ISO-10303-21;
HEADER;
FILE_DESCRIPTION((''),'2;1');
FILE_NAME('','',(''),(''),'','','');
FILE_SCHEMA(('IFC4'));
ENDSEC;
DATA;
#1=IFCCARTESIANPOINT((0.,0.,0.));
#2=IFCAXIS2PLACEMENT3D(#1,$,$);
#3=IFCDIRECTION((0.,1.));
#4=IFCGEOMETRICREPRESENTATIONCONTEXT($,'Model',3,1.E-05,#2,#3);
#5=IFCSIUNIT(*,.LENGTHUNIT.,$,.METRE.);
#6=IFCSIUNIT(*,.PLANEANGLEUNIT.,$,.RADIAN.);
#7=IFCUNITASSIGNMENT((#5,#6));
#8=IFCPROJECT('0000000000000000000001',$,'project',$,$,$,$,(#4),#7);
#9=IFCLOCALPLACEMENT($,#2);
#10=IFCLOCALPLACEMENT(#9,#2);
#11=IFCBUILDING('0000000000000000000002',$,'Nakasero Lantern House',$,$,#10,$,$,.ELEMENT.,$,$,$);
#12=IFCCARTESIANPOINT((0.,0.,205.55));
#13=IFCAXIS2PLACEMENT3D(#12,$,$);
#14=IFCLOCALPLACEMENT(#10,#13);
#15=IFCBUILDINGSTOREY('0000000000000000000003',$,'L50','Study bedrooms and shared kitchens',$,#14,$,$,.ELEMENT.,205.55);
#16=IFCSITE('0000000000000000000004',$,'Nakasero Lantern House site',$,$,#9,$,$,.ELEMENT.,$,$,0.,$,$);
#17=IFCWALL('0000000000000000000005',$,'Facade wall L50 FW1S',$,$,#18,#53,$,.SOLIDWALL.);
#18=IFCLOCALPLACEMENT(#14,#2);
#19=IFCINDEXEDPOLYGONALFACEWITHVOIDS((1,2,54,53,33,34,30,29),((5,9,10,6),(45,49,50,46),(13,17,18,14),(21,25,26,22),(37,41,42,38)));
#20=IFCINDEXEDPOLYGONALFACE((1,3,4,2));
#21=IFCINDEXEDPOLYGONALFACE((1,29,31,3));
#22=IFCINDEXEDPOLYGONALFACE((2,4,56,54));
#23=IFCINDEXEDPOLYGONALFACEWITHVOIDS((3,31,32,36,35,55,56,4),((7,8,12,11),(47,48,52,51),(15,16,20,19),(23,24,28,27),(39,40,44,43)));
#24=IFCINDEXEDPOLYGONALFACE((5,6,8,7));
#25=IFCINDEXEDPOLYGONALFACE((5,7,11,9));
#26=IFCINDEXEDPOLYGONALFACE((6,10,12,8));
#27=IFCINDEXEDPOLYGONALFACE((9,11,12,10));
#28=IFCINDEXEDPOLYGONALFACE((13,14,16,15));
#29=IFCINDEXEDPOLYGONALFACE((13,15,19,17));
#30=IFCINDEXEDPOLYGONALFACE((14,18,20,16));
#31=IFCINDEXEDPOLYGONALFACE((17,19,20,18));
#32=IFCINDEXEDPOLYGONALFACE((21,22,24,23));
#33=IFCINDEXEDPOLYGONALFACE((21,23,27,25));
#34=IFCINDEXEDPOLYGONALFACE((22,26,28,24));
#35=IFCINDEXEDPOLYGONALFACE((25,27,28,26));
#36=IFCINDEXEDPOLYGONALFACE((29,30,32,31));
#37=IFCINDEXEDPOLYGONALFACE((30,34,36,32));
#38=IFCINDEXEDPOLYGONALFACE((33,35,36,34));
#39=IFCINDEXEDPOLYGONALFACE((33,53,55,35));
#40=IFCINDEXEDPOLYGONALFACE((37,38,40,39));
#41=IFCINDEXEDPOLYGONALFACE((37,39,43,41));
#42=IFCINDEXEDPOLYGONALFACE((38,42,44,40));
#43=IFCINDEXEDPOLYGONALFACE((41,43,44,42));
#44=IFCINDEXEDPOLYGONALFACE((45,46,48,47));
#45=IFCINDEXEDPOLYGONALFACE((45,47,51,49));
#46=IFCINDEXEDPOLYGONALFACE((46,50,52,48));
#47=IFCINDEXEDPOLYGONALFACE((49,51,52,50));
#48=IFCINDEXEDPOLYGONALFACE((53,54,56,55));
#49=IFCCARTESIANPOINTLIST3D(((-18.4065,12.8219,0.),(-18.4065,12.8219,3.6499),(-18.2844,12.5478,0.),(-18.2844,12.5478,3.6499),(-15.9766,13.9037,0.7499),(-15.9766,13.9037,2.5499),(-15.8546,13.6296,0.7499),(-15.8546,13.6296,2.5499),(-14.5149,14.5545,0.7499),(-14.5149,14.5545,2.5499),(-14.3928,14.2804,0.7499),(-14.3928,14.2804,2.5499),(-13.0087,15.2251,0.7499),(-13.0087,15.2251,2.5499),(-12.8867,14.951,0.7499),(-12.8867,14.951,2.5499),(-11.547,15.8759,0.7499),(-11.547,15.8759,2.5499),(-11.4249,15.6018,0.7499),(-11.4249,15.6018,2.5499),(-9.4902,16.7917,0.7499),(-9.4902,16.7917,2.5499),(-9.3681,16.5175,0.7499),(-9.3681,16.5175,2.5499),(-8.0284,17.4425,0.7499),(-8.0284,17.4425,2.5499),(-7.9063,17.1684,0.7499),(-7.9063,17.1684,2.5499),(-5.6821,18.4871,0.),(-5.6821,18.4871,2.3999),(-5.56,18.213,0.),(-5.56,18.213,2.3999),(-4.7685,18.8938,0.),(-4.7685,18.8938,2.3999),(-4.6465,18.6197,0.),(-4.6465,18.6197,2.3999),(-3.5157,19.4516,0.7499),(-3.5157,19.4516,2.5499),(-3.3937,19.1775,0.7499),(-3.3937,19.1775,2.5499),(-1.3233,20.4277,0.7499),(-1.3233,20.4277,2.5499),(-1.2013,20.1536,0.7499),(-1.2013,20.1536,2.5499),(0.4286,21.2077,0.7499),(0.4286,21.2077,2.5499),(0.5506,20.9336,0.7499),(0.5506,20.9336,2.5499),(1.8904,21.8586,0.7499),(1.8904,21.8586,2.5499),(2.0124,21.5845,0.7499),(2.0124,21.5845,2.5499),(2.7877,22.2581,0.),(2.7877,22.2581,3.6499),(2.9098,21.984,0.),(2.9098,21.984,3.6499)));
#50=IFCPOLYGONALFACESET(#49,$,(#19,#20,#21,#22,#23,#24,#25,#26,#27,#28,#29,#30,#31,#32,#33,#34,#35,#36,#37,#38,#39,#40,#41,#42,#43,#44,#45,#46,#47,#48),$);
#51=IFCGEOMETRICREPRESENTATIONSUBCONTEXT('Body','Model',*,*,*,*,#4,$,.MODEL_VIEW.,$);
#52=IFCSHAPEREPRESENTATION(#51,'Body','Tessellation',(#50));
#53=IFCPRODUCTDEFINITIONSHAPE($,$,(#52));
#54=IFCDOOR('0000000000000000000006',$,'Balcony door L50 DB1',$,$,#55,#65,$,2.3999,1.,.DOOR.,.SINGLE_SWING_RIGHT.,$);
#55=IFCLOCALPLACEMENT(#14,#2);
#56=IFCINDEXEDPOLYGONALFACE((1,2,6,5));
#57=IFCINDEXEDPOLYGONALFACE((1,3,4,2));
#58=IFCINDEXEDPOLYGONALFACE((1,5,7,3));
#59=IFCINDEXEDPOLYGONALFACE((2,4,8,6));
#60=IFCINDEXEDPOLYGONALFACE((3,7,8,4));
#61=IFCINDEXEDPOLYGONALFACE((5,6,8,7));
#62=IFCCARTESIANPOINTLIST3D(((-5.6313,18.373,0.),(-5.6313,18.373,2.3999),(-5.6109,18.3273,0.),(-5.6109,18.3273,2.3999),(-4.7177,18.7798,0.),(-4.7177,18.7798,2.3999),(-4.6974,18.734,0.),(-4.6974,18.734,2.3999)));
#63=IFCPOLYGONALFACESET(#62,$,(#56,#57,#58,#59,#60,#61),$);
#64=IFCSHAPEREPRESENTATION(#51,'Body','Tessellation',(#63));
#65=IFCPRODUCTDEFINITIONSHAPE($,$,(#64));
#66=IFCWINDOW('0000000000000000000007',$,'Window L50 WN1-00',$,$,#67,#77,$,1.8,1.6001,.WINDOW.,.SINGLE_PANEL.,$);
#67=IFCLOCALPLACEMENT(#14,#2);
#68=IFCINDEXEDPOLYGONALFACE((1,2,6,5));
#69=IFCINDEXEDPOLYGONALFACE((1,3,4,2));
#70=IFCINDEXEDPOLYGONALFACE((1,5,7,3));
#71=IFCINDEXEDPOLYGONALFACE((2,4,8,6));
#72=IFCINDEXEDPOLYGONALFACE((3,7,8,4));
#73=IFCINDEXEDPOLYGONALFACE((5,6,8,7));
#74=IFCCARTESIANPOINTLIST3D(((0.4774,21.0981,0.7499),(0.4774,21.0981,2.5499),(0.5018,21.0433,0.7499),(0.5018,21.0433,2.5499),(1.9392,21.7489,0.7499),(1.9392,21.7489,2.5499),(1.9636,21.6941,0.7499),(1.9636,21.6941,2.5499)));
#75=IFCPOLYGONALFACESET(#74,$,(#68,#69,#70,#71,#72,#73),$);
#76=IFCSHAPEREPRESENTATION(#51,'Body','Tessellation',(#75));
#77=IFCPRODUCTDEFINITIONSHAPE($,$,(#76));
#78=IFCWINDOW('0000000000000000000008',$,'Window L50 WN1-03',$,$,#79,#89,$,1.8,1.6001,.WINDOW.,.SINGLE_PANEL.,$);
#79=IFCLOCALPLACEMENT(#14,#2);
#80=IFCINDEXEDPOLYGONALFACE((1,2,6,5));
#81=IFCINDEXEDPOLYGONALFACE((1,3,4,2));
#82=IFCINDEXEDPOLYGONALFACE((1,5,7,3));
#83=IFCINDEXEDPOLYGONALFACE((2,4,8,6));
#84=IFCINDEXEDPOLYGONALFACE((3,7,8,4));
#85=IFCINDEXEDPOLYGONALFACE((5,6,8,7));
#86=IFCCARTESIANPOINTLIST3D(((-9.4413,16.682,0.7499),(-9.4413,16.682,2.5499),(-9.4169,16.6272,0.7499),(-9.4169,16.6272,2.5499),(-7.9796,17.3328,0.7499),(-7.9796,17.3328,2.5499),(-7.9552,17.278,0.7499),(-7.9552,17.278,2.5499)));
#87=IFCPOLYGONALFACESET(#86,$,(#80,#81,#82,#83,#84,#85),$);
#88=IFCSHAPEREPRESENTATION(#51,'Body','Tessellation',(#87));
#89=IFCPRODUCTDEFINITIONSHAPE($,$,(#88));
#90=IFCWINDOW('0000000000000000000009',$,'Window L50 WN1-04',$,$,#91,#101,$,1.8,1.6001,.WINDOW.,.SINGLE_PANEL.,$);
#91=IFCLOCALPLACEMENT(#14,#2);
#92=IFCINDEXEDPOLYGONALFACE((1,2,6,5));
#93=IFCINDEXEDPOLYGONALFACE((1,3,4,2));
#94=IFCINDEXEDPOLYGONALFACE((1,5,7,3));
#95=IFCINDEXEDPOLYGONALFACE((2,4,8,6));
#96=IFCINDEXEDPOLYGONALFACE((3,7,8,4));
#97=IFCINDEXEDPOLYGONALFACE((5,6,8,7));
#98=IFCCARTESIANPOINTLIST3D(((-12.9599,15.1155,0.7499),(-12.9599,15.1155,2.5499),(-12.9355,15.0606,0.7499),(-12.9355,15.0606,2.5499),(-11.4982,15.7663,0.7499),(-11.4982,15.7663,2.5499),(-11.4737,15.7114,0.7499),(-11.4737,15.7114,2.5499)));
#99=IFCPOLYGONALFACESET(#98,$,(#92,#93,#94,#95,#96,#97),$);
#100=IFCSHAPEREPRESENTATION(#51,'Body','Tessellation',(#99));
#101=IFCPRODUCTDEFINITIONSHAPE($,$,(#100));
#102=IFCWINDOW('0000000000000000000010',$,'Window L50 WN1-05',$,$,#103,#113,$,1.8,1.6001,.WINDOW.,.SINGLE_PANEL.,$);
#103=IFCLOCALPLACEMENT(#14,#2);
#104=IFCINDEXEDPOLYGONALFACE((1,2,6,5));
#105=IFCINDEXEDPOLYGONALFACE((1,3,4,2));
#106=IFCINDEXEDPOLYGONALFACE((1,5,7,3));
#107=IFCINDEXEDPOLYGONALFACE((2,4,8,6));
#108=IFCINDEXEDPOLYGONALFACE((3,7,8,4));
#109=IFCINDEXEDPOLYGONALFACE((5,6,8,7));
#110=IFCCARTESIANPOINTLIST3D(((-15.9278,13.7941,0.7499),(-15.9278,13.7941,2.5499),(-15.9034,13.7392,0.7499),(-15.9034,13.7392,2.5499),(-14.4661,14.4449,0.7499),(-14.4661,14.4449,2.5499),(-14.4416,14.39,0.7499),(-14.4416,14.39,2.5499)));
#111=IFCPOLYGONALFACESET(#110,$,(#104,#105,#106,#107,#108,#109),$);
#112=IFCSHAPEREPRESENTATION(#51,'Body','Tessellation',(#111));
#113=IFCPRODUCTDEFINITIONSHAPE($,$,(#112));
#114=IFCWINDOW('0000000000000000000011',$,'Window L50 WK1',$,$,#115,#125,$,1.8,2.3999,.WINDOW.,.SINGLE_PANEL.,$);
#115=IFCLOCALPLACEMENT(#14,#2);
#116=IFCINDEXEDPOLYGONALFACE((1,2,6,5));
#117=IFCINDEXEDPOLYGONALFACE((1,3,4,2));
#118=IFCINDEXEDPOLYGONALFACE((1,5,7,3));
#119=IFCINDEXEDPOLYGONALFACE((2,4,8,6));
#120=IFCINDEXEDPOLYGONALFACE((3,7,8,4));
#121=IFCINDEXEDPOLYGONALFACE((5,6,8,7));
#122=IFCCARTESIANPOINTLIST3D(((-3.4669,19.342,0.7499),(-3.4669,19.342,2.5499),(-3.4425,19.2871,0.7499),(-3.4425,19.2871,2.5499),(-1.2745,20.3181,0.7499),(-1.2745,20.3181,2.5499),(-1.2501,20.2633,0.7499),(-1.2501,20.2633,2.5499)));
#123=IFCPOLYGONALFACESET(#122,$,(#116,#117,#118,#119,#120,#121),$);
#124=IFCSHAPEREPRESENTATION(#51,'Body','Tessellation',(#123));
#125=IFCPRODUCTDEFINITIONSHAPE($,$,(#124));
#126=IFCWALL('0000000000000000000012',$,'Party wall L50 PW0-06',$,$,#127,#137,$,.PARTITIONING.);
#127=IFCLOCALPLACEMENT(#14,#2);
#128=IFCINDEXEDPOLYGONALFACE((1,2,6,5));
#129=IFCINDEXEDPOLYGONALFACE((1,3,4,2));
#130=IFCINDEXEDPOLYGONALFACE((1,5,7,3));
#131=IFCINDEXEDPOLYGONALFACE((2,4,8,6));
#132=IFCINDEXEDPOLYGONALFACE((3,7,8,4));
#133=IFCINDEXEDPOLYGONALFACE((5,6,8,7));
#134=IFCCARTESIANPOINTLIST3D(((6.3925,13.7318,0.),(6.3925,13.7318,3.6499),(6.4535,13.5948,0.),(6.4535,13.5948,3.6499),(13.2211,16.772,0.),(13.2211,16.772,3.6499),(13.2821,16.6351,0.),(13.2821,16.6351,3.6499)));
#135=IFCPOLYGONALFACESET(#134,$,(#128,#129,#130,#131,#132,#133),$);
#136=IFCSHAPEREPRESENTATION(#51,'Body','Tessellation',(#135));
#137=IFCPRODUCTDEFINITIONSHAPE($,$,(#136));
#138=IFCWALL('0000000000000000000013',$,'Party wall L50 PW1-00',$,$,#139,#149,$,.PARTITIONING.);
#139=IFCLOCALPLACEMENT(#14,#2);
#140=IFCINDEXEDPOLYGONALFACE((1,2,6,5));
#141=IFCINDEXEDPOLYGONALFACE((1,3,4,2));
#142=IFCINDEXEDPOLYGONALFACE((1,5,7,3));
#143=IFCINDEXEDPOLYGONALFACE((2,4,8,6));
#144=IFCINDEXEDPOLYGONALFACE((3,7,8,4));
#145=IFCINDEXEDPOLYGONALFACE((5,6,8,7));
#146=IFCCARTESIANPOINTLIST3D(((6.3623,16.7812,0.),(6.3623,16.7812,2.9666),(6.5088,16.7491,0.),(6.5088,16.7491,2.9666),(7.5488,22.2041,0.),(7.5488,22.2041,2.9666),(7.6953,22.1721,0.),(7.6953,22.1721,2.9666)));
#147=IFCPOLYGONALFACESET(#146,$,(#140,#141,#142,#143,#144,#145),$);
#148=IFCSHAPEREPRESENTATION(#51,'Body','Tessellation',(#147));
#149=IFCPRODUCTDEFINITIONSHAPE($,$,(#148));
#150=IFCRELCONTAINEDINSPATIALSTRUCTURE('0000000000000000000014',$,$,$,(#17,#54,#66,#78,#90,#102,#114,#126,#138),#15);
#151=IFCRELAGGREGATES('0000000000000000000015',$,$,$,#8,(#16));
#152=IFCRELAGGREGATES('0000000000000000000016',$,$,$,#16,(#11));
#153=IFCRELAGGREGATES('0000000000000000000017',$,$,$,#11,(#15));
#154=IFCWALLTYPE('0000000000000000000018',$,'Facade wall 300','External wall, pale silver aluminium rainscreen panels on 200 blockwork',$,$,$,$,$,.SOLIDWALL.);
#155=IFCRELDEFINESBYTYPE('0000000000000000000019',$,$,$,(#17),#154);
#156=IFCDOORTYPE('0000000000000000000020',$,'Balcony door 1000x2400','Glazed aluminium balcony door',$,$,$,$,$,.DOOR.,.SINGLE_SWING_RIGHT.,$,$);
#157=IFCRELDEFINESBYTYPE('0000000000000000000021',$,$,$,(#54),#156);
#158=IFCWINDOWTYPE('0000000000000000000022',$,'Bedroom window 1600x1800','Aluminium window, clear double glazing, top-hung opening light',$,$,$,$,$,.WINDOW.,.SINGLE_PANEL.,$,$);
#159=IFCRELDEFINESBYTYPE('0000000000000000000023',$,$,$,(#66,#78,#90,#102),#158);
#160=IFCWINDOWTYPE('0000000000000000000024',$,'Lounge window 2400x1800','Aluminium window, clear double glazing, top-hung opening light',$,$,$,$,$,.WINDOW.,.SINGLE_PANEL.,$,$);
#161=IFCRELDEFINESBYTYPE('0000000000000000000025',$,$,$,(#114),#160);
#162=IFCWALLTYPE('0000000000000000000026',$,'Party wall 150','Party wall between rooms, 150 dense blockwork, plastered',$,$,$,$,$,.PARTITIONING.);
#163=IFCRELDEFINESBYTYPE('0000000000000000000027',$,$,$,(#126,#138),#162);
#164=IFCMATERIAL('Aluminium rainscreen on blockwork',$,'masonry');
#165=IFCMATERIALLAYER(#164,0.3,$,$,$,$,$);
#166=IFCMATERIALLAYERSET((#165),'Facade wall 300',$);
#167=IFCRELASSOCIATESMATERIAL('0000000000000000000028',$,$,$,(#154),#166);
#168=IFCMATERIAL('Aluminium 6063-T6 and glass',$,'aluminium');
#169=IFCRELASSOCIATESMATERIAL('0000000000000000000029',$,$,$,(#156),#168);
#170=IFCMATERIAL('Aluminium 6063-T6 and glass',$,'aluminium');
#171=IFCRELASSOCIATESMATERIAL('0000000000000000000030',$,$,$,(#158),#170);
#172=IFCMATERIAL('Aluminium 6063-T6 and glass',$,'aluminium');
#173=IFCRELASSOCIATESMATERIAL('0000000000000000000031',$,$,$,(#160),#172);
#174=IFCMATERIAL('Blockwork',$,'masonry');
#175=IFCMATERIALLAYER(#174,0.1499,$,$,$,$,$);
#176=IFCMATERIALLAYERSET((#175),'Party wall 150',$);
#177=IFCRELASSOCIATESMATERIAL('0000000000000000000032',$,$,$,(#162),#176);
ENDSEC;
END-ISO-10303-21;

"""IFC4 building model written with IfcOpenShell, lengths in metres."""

from ifc_helpers import new_model, si_unit, direction, frame, frame_2d, origin, place, context, subcontext, project, spatial, rectangle, extrude, material, layer, layer_set, type_object, element, fill, save


model = new_model("IFC4")

# Units and contexts
model_context = context("Model", 3, precision=1e-05, world=origin(), true_north=direction((0.0, 1.0)))
body_context = subcontext(model_context, "Body", "Model", "MODEL_VIEW")
ifc_project = project(units=[si_unit("LENGTHUNIT", "METRE"), si_unit("PLANEANGLEUNIT", "RADIAN")], contexts=[model_context])

# Site, building, storey
site_placement = place(None, origin())
site = spatial("IfcSite", under=ifc_project, at=site_placement, Name="Nakasero Lantern House site", CompositionType="ELEMENT", RefElevation=0.0)
building_placement = place(site_placement, origin())
building = spatial("IfcBuilding", under=site, at=building_placement, Name="Nakasero Lantern House", CompositionType="ELEMENT")
storey_placement = place(building_placement, frame((0.0, 0.0, 205.55)))
storey = spatial("IfcBuildingStorey", under=building, at=storey_placement, Name="L50", Description="Study bedrooms and shared kitchens", CompositionType="ELEMENT", Elevation=205.55)

# Shared definitions
ifc_material_1 = material(Name="Aluminium rainscreen on blockwork", Category="masonry")
ifc_layer_1 = layer(ifc_material_1, 0.3)
ifc_layer_set_1 = layer_set([ifc_layer_1], Name="Facade wall 300")
wall_type_1 = type_object("IfcWallType", Name="Facade wall 300", Description="External wall, pale silver aluminium rainscreen panels on 200 blockwork", PredefinedType="SOLIDWALL", material=ifc_layer_set_1)

# Wall, openings, door, windows
wall_1_placement = place(storey_placement, frame((2.8489, 22.1211, 0.0), z_axis=(0.0, 0.0, 1.0), x_axis=(-0.913546, -0.406735, 0.0)))
wall_1 = element("IfcWall", 1, at=wall_1_placement, inside=storey, type_object=wall_type_1, Name="Facade wall L50 FW1S", PredefinedType="SOLIDWALL", context=body_context, shape_type="SweptSolid", body=[
    extrude(rectangle(XDim=23.2, YDim=0.3, at=frame_2d((11.6001, 0.0))), origin(), (0.0, 0.0, 1.0), 3.6499),
])
opening_1_placement = place(wall_1_placement, frame((0.9824, 0.0, 0.75)))
opening_1 = element("IfcOpeningElement", 2, at=opening_1_placement, cuts=wall_1, PredefinedType="OPENING", context=body_context, shape_type="SweptSolid", body=[
    extrude(rectangle(XDim=1.6001, YDim=1.8, at=frame_2d((0.8, 0.8999))), frame((0.0, 0.1699, 0.0), z_axis=(0.0, -1.0, 0.0), x_axis=(1.0, 0.0, 0.0)), (0.0, 0.0, 1.0), 0.3401),
])
opening_2_placement = place(wall_1_placement, frame((11.8398, 0.0, 0.75)))
opening_2 = element("IfcOpeningElement", 3, at=opening_2_placement, cuts=wall_1, PredefinedType="OPENING", context=body_context, shape_type="SweptSolid", body=[
    extrude(rectangle(XDim=1.6001, YDim=1.8, at=frame_2d((0.8, 0.8999))), frame((0.0, 0.1699, 0.0), z_axis=(0.0, -1.0, 0.0), x_axis=(1.0, 0.0, 0.0)), (0.0, 0.0, 1.0), 0.3401),
])
opening_3_placement = place(wall_1_placement, frame((15.6914, 0.0, 0.75)))
opening_3 = element("IfcOpeningElement", 4, at=opening_3_placement, cuts=wall_1, PredefinedType="OPENING", context=body_context, shape_type="SweptSolid", body=[
    extrude(rectangle(XDim=1.6001, YDim=1.8, at=frame_2d((0.8, 0.8999))), frame((0.0, 0.1699, 0.0), z_axis=(0.0, -1.0, 0.0), x_axis=(1.0, 0.0, 0.0)), (0.0, 0.0, 1.0), 0.3401),
])
opening_4_placement = place(wall_1_placement, frame((18.9402, 0.0, 0.75)))
opening_4 = element("IfcOpeningElement", 5, at=opening_4_placement, cuts=wall_1, PredefinedType="OPENING", context=body_context, shape_type="SweptSolid", body=[
    extrude(rectangle(XDim=1.6001, YDim=1.8, at=frame_2d((0.8, 0.8999))), frame((0.0, 0.1699, 0.0), z_axis=(0.0, -1.0, 0.0), x_axis=(1.0, 0.0, 0.0)), (0.0, 0.0, 1.0), 0.3401),
])
opening_5_placement = place(wall_1_placement, frame((4.5002, 0.0, 0.75)))
opening_5 = element("IfcOpeningElement", 6, at=opening_5_placement, cuts=wall_1, PredefinedType="OPENING", context=body_context, shape_type="SweptSolid", body=[
    extrude(rectangle(XDim=2.3999, YDim=1.8, at=frame_2d((1.2, 0.8999))), frame((0.0, 0.1699, 0.0), z_axis=(0.0, -1.0, 0.0), x_axis=(1.0, 0.0, 0.0)), (0.0, 0.0, 1.0), 0.3401),
])
opening_6_placement = place(wall_1_placement, frame((8.2715, 0.0, 0.0)))
opening_6 = element("IfcOpeningElement", 7, at=opening_6_placement, cuts=wall_1, PredefinedType="OPENING", context=body_context, shape_type="SweptSolid", body=[
    extrude(rectangle(XDim=1.0, YDim=2.3999, at=frame_2d((0.5, 1.2))), frame((0.0, 0.1699, 0.0), z_axis=(0.0, -1.0, 0.0), x_axis=(1.0, 0.0, 0.0)), (0.0, 0.0, 1.0), 0.3401),
])
ifc_material_2 = material(Name="Aluminium 6063-T6 and glass", Category="aluminium")
door_type_1 = type_object("IfcDoorType", Name="Balcony door 1000x2400", Description="Glazed aluminium balcony door", OperationType="SINGLE_SWING_RIGHT", PredefinedType="DOOR", material=ifc_material_2)
door_1_placement = place(opening_6_placement, origin())
door_1 = element("IfcDoor", 8, at=door_1_placement, inside=storey, type_object=door_type_1, Name="Balcony door L50 DB1", OperationType="SINGLE_SWING_RIGHT", OverallHeight=2.3999, OverallWidth=1.0, PredefinedType="DOOR", context=body_context, shape_type="SweptSolid", body=[
    extrude(rectangle(XDim=1.0, YDim=2.3999, at=frame_2d((0.5, 1.2))), frame((0.0, 0.0249, 0.0), z_axis=(0.0, -1.0, 0.0), x_axis=(1.0, 0.0, 0.0)), (0.0, 0.0, 1.0), 0.05),
])
fill(opening_6, door_1)
ifc_material_3 = material(Name="Aluminium 6063-T6 and glass", Category="aluminium")
window_type_1 = type_object("IfcWindowType", Name="Bedroom window 1600x1800", Description="Aluminium window, clear double glazing, top-hung opening light", PartitioningType="SINGLE_PANEL", PredefinedType="WINDOW", material=ifc_material_3)
window_1_placement = place(opening_1_placement, origin())
window_1 = element("IfcWindow", 9, at=window_1_placement, inside=storey, type_object=window_type_1, Name="Window L50 WN1-00", OverallHeight=1.8, OverallWidth=1.6001, PartitioningType="SINGLE_PANEL", PredefinedType="WINDOW", context=body_context, shape_type="SweptSolid", body=[
    extrude(rectangle(XDim=1.6001, YDim=1.8, at=frame_2d((0.8, 0.8999))), frame((0.0, 0.03, 0.0), z_axis=(0.0, -1.0, 0.0), x_axis=(1.0, 0.0, 0.0)), (0.0, 0.0, 1.0), 0.0601),
])
fill(opening_1, window_1)
window_2_placement = place(opening_2_placement, origin())
window_2 = element("IfcWindow", 10, at=window_2_placement, inside=storey, type_object=window_type_1, Name="Window L50 WN1-03", OverallHeight=1.8, OverallWidth=1.6001, PartitioningType="SINGLE_PANEL", PredefinedType="WINDOW", context=body_context, shape_type="SweptSolid", body=[
    extrude(rectangle(XDim=1.6001, YDim=1.8, at=frame_2d((0.8, 0.8999))), frame((0.0, 0.03, 0.0), z_axis=(0.0, -1.0, 0.0), x_axis=(1.0, 0.0, 0.0)), (0.0, 0.0, 1.0), 0.0601),
])
fill(opening_2, window_2)
window_3_placement = place(opening_3_placement, origin())
window_3 = element("IfcWindow", 11, at=window_3_placement, inside=storey, type_object=window_type_1, Name="Window L50 WN1-04", OverallHeight=1.8, OverallWidth=1.6001, PartitioningType="SINGLE_PANEL", PredefinedType="WINDOW", context=body_context, shape_type="SweptSolid", body=[
    extrude(rectangle(XDim=1.6001, YDim=1.8, at=frame_2d((0.8, 0.8999))), frame((0.0, 0.03, 0.0), z_axis=(0.0, -1.0, 0.0), x_axis=(1.0, 0.0, 0.0)), (0.0, 0.0, 1.0), 0.0601),
])
fill(opening_3, window_3)
window_4_placement = place(opening_4_placement, origin())
window_4 = element("IfcWindow", 12, at=window_4_placement, inside=storey, type_object=window_type_1, Name="Window L50 WN1-05", OverallHeight=1.8, OverallWidth=1.6001, PartitioningType="SINGLE_PANEL", PredefinedType="WINDOW", context=body_context, shape_type="SweptSolid", body=[
    extrude(rectangle(XDim=1.6001, YDim=1.8, at=frame_2d((0.8, 0.8999))), frame((0.0, 0.03, 0.0), z_axis=(0.0, -1.0, 0.0), x_axis=(1.0, 0.0, 0.0)), (0.0, 0.0, 1.0), 0.0601),
])
fill(opening_4, window_4)
ifc_material_4 = material(Name="Aluminium 6063-T6 and glass", Category="aluminium")
window_type_2 = type_object("IfcWindowType", Name="Lounge window 2400x1800", Description="Aluminium window, clear double glazing, top-hung opening light", PartitioningType="SINGLE_PANEL", PredefinedType="WINDOW", material=ifc_material_4)
window_5_placement = place(opening_5_placement, origin())
window_5 = element("IfcWindow", 13, at=window_5_placement, inside=storey, type_object=window_type_2, Name="Window L50 WK1", OverallHeight=1.8, OverallWidth=2.3999, PartitioningType="SINGLE_PANEL", PredefinedType="WINDOW", context=body_context, shape_type="SweptSolid", body=[
    extrude(rectangle(XDim=2.3999, YDim=1.8, at=frame_2d((1.2, 0.8999))), frame((0.0, 0.03, 0.0), z_axis=(0.0, -1.0, 0.0), x_axis=(1.0, 0.0, 0.0)), (0.0, 0.0, 1.0), 0.0601),
])
fill(opening_5, window_5)

# Walls
ifc_material_5 = material(Name="Blockwork", Category="masonry")
ifc_layer_2 = layer(ifc_material_5, 0.1499)
ifc_layer_set_2 = layer_set([ifc_layer_2], Name="Party wall 150")
wall_type_2 = type_object("IfcWallType", Name="Party wall 150", Description="Party wall between rooms, 150 dense blockwork, plastered", PredefinedType="PARTITIONING", material=ifc_layer_set_2)
wall_2_placement = place(storey_placement, frame((6.4231, 13.6633, 0.0), z_axis=(0.0, 0.0, 1.0), x_axis=(0.913546, 0.406735, 0.0)))
element("IfcWall", 14, at=wall_2_placement, inside=storey, type_object=wall_type_2, Name="Party wall L50 PW0-06", PredefinedType="PARTITIONING", context=body_context, shape_type="SweptSolid", body=[
    extrude(rectangle(XDim=7.4749, YDim=0.1499, at=frame_2d((3.7373, 0.0))), origin(), (0.0, 0.0, 1.0), 3.6499),
])
wall_3_placement = place(storey_placement, frame((6.4355, 16.7651, 0.0), z_axis=(0.0, 0.0, 1.0), x_axis=(0.213735, 0.976892, 0.0)))
element("IfcWall", 15, at=wall_3_placement, inside=storey, type_object=wall_type_2, Name="Party wall L50 PW1-00", PredefinedType="PARTITIONING", context=body_context, shape_type="SweptSolid", body=[
    extrude(rectangle(XDim=5.5513, YDim=0.1499, at=frame_2d((2.7756, 0.0))), origin(), (0.0, 0.0, 1.0), 2.9666),
])

save(model, "model.ifc")
